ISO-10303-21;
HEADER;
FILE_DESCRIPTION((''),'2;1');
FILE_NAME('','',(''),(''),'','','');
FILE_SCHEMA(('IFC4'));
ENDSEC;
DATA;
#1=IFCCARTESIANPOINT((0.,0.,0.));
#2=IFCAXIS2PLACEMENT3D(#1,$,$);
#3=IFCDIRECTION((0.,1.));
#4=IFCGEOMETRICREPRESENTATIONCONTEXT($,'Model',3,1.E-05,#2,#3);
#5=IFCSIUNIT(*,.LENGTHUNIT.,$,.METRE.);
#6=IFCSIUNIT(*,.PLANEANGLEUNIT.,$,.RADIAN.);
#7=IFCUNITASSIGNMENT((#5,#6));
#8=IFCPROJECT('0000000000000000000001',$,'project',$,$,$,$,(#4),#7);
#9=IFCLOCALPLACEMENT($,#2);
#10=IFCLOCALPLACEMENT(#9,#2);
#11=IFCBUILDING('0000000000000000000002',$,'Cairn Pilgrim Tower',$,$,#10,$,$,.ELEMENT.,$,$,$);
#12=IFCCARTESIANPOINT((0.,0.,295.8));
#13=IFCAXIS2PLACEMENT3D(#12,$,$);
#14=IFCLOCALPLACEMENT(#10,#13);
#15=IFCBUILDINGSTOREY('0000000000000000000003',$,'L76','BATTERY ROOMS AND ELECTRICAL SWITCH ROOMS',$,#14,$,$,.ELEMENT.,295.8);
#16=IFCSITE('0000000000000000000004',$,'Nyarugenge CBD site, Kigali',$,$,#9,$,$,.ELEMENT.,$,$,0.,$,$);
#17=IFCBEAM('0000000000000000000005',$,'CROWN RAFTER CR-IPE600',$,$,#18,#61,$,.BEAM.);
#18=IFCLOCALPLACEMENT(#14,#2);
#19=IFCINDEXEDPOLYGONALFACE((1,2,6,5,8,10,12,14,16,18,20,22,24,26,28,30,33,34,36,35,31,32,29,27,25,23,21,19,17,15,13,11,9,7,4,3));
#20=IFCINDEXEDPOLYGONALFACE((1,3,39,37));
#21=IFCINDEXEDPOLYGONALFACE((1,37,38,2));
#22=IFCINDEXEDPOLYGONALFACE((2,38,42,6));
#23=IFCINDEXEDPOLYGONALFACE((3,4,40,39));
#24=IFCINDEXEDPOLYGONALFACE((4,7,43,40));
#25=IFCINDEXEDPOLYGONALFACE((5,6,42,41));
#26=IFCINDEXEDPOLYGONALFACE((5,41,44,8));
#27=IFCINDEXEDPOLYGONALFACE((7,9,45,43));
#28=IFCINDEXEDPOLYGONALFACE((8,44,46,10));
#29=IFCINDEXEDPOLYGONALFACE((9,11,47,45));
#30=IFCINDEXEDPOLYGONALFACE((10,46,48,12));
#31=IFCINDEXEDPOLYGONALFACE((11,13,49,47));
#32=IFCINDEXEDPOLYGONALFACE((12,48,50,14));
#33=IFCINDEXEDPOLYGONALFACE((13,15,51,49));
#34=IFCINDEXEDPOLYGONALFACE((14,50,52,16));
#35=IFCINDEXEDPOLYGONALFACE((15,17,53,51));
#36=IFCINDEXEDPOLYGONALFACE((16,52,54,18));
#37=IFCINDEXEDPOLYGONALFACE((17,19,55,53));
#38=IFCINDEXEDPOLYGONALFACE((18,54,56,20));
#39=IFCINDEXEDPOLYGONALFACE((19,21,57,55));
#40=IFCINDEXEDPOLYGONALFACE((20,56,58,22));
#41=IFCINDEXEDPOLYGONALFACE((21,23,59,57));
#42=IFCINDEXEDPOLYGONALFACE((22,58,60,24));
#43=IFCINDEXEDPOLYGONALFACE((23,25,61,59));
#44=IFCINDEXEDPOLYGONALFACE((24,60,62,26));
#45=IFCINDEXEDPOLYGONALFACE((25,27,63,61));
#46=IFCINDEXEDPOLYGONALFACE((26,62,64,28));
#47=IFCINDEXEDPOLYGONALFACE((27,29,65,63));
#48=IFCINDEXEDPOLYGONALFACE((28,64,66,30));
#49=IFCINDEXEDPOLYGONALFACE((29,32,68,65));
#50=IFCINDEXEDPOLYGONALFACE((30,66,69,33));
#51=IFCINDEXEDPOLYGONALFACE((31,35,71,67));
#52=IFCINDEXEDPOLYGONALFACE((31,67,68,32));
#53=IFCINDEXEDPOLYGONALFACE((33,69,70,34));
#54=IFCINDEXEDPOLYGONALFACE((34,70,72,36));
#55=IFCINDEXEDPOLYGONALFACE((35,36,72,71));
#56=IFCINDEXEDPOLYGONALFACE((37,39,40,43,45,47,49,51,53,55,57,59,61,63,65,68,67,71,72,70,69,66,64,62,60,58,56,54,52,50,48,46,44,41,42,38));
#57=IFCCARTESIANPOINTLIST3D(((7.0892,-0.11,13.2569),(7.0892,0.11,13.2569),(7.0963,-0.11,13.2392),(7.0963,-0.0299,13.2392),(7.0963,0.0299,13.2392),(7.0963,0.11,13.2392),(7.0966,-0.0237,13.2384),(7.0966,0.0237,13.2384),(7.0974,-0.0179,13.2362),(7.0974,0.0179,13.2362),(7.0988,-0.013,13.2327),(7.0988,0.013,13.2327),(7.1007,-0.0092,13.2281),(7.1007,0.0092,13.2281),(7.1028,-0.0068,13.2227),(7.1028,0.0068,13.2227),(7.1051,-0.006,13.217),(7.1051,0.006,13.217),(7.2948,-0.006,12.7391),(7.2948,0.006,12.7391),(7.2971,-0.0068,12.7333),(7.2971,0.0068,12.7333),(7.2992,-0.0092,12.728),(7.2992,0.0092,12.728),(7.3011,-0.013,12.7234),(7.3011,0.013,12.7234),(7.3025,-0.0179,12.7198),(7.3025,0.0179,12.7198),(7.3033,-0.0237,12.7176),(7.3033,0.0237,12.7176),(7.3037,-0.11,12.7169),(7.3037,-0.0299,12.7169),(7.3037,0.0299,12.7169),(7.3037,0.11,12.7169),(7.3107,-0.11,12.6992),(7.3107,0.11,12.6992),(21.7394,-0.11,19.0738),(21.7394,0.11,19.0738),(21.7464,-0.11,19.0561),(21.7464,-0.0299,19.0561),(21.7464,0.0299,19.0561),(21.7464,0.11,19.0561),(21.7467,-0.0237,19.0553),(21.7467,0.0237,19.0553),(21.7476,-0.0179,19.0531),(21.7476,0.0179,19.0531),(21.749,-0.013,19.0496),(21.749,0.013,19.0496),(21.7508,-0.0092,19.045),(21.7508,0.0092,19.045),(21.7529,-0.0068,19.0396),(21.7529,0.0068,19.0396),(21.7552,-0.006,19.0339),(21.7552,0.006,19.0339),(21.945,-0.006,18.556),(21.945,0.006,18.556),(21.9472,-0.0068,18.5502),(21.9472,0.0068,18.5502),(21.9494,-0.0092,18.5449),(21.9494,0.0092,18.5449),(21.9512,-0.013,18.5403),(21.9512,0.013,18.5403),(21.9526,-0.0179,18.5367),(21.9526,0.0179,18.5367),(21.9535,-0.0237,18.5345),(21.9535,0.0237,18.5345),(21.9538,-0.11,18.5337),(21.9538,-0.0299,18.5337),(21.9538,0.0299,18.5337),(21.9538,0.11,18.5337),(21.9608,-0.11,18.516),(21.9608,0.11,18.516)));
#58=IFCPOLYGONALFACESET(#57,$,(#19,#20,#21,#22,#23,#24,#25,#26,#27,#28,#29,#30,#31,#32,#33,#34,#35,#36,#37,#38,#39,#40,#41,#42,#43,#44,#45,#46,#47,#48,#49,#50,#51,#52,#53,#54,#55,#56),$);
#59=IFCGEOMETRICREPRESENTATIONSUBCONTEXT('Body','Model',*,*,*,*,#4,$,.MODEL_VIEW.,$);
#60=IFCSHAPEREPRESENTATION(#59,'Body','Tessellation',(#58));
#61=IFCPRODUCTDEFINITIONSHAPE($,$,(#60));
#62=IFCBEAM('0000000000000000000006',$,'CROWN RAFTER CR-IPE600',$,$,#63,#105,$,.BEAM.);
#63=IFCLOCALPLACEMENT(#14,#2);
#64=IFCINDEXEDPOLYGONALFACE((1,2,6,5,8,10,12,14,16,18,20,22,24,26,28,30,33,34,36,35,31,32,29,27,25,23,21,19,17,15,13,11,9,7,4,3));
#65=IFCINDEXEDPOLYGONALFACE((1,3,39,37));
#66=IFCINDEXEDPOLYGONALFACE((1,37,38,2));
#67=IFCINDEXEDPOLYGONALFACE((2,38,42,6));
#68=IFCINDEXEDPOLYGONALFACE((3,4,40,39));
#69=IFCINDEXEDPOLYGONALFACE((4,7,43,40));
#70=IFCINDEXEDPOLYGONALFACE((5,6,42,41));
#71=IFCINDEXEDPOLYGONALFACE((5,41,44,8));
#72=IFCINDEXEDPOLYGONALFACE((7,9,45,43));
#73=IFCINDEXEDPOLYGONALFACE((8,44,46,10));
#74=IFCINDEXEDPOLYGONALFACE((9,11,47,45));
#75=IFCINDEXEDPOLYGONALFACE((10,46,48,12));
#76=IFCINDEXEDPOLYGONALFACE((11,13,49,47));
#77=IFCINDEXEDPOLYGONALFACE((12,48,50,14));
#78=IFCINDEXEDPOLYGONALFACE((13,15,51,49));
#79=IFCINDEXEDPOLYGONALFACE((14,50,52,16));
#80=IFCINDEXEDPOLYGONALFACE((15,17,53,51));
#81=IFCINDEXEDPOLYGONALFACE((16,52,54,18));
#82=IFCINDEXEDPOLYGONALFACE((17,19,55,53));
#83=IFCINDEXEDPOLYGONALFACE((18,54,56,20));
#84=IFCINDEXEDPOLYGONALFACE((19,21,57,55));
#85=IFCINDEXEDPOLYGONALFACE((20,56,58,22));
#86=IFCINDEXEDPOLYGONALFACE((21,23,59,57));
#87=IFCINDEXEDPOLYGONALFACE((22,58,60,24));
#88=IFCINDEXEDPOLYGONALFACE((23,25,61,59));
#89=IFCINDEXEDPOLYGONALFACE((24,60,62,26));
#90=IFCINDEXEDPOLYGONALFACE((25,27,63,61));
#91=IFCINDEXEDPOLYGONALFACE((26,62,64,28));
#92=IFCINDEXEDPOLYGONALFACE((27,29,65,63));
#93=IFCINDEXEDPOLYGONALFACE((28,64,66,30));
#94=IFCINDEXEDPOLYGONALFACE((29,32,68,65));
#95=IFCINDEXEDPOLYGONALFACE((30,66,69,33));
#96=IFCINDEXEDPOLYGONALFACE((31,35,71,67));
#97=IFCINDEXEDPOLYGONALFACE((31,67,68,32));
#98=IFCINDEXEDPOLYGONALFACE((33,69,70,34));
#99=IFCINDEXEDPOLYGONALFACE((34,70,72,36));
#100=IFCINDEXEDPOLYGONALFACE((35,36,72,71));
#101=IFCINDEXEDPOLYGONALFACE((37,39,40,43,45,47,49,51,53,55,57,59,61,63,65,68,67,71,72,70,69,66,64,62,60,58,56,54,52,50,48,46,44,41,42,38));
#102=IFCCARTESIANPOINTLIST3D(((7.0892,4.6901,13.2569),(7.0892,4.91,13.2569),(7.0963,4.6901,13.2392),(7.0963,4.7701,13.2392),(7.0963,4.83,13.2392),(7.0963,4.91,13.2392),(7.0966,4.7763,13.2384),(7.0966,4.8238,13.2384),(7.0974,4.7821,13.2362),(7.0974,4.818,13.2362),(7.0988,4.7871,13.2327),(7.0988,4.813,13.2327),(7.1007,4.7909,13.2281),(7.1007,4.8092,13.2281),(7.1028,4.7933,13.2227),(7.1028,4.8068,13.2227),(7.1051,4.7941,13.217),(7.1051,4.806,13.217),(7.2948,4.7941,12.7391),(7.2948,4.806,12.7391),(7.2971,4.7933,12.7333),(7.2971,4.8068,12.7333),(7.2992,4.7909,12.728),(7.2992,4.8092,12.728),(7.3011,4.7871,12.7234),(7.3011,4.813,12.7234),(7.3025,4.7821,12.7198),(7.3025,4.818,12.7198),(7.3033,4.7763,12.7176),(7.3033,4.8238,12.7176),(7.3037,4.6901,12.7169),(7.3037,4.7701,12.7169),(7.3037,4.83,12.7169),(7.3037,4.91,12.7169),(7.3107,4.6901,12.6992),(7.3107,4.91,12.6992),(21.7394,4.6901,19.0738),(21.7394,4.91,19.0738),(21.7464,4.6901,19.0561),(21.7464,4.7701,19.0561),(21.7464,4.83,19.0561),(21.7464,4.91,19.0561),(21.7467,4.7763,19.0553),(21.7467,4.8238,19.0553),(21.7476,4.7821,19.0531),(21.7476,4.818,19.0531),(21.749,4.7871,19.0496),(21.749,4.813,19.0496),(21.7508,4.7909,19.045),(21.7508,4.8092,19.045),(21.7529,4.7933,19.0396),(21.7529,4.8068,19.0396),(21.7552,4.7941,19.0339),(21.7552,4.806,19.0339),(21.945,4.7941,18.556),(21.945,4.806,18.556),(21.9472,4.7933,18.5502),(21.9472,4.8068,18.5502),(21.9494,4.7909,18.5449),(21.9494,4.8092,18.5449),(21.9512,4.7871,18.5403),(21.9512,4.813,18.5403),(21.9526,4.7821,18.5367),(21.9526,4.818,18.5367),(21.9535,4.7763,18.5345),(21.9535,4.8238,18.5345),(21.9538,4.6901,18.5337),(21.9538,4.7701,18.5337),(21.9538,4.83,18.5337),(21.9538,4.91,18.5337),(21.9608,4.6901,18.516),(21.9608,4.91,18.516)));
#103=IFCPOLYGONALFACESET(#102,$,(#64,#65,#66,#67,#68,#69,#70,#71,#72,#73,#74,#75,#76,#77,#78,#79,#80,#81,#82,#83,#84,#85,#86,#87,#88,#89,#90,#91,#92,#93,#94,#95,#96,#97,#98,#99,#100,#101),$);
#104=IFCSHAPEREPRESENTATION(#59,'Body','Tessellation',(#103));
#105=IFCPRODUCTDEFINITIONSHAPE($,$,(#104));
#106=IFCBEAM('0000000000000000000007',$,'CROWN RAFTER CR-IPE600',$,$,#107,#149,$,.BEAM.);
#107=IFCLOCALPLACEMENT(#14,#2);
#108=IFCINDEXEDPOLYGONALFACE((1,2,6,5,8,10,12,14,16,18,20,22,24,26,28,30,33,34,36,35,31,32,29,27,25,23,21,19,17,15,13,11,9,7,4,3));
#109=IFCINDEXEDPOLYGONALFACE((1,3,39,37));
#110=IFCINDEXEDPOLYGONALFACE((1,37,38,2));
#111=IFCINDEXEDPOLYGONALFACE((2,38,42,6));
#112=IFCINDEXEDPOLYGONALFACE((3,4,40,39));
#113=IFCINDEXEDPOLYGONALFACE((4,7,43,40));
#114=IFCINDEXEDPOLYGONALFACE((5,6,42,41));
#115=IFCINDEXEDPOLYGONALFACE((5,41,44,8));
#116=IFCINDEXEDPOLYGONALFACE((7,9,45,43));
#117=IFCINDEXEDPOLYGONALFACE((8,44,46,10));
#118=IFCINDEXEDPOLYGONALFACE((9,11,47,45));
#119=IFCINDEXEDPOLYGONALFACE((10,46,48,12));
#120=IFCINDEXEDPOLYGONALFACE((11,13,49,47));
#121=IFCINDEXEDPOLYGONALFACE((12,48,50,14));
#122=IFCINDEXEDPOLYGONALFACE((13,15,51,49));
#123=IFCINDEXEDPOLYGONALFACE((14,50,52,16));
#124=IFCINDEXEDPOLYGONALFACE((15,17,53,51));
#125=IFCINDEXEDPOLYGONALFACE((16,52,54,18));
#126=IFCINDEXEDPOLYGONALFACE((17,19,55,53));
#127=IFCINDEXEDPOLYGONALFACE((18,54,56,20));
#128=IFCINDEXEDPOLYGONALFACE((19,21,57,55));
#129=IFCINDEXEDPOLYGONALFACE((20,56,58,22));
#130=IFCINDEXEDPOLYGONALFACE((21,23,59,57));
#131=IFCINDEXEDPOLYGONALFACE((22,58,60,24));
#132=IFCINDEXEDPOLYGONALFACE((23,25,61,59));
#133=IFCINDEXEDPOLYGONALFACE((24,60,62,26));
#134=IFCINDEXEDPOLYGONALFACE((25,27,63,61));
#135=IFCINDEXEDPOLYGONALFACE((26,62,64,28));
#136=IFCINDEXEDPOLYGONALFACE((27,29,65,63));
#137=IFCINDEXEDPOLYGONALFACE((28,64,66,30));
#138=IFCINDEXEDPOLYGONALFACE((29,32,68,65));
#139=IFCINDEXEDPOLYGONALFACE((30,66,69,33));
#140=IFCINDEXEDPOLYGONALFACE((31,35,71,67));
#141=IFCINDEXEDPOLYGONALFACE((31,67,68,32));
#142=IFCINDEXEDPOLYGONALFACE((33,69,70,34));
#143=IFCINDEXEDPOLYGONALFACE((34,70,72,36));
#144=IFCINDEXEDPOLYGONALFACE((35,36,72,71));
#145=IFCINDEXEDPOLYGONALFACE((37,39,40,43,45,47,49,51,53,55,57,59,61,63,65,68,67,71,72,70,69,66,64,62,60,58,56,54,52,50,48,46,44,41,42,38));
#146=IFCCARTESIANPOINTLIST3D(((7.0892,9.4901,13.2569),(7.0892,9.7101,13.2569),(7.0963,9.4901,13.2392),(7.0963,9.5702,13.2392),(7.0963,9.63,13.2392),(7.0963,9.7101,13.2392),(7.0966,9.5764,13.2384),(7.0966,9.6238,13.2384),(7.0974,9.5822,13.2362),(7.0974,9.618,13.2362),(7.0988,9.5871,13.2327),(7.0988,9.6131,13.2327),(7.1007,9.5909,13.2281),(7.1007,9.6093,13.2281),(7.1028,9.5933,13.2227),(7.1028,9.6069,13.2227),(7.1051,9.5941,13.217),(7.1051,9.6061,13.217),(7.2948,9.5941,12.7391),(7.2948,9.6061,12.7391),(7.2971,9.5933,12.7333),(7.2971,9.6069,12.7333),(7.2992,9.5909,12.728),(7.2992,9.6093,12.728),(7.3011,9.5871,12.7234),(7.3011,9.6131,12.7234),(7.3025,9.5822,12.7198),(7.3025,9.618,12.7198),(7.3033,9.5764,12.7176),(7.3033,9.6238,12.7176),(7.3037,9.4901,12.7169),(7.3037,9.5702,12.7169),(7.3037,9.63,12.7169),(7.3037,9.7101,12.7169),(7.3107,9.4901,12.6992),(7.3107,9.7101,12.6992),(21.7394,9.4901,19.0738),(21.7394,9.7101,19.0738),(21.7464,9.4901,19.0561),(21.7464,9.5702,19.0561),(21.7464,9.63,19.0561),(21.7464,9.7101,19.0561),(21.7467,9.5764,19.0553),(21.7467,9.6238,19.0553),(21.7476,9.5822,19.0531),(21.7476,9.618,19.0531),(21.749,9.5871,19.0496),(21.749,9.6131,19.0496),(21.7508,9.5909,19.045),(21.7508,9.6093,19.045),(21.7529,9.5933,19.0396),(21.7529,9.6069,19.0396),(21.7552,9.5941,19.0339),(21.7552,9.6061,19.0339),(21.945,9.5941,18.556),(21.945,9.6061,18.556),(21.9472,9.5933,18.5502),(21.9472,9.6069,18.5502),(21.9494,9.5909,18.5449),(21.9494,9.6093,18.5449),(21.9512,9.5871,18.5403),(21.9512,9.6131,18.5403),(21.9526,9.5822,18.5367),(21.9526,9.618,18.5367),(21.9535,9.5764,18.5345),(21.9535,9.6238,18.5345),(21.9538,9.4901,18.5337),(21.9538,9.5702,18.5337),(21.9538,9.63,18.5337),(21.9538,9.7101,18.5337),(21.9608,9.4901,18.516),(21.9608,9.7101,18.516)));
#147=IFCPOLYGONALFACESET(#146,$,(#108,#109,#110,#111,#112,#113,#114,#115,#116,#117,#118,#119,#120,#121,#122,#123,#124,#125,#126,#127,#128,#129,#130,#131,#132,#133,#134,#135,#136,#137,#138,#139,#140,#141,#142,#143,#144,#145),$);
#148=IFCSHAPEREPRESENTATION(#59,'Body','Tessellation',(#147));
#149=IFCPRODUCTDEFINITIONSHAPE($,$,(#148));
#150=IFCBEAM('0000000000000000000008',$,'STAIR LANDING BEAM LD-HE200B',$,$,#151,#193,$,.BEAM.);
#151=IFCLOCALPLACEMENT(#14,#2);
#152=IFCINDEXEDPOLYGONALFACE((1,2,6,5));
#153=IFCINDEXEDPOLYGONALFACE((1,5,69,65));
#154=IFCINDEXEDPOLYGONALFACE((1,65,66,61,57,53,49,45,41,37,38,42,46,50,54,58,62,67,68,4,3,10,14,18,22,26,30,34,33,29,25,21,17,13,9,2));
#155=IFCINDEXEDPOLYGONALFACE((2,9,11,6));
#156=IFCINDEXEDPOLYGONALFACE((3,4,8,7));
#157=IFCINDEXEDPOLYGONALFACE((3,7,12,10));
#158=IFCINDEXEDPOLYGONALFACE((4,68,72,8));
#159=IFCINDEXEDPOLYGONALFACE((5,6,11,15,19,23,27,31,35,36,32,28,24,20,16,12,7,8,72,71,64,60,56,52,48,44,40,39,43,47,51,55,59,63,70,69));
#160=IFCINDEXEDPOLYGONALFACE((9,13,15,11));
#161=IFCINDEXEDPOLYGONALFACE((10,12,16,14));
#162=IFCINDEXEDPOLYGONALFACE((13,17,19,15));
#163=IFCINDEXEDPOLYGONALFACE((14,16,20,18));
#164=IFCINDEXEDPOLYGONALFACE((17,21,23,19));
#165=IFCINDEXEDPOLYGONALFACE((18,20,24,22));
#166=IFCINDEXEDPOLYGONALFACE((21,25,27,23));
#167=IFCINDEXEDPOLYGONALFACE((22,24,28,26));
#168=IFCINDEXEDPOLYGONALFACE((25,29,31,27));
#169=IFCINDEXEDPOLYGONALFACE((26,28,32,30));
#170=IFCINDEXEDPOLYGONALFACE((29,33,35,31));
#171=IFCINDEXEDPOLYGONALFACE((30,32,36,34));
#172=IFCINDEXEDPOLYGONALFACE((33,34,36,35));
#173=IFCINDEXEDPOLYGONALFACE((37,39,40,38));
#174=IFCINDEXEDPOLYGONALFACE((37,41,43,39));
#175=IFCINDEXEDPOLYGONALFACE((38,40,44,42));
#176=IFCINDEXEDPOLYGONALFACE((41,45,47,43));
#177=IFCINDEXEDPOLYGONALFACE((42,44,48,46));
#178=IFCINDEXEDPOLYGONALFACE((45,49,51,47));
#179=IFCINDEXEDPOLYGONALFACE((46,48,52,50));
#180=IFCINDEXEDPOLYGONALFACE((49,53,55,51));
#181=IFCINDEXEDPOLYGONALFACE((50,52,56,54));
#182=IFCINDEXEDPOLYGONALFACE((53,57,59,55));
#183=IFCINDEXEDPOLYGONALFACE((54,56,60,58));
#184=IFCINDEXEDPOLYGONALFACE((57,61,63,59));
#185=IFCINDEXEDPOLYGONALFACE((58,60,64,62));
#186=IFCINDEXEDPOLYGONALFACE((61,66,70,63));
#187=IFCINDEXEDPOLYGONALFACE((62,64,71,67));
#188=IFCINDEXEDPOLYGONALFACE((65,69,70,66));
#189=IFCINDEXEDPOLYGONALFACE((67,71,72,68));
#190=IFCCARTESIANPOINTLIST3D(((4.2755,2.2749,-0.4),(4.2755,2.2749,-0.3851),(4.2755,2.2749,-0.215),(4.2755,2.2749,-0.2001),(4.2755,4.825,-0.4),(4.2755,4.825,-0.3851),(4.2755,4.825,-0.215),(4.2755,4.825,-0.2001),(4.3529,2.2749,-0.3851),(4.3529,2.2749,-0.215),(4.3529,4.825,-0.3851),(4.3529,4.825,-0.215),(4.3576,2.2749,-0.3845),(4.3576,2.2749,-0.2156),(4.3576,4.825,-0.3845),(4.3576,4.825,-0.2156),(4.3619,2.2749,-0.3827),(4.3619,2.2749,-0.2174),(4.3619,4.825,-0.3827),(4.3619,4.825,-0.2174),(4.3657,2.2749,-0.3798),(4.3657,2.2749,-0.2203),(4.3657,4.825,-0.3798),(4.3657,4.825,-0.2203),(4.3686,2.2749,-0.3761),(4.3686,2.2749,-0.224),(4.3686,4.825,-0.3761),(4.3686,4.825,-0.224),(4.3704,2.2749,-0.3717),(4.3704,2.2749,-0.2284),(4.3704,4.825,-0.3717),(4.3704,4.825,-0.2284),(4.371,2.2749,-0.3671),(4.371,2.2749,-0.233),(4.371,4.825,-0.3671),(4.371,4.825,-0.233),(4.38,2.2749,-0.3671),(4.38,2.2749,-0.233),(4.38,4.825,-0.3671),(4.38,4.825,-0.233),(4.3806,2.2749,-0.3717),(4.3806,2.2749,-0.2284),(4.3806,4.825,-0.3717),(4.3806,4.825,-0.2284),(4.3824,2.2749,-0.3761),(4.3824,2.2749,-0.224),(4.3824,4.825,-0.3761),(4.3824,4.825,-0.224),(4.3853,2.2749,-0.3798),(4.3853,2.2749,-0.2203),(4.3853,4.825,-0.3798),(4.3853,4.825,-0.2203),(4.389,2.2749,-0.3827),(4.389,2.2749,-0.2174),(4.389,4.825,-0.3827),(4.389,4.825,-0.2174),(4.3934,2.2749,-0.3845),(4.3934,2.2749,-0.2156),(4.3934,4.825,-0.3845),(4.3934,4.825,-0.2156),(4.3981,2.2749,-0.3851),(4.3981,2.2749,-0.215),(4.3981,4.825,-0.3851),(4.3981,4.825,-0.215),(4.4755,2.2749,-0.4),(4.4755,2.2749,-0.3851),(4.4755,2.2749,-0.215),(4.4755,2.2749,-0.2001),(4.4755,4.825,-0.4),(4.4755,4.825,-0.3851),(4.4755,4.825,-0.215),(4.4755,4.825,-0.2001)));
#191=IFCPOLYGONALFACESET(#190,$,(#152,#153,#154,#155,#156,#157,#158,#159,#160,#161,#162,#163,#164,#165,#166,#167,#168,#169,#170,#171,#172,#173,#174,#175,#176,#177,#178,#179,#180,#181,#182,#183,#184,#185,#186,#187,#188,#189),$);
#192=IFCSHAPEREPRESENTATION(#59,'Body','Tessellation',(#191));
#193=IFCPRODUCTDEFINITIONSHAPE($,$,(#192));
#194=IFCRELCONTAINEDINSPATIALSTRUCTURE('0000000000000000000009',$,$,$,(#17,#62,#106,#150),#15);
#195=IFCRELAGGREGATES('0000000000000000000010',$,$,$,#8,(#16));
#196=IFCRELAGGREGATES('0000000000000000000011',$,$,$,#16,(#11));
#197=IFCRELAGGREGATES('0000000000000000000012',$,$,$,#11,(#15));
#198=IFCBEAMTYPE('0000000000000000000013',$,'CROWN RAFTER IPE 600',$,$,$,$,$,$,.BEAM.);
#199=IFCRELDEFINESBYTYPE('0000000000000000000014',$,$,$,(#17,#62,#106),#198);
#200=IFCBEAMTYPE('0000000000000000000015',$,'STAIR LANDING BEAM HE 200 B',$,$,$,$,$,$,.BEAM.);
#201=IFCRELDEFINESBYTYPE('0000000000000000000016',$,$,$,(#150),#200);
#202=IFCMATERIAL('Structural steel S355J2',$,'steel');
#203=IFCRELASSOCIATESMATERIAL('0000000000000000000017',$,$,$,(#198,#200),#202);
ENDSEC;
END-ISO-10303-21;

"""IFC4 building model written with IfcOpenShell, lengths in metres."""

from ifc_helpers import new_model, si_unit, direction, frame, origin, origin_2d, place, context, subcontext, project, spatial, i_section, extrude, material, material_profile, profile_set, type_object, element, save


model = new_model("IFC4")

# Units and contexts
model_context = context("Model", 3, precision=1e-05, world=origin(), true_north=direction((0.0, 1.0)))
body_context = subcontext(model_context, "Body", "Model", "MODEL_VIEW")
ifc_project = project(units=[si_unit("LENGTHUNIT", "METRE"), si_unit("PLANEANGLEUNIT", "RADIAN")], contexts=[model_context])

# Site, building, storey
site_placement = place(None, origin())
site = spatial("IfcSite", under=ifc_project, at=site_placement, Name="Nyarugenge CBD site, Kigali", CompositionType="ELEMENT", RefElevation=0.0)
building_placement = place(site_placement, origin())
building = spatial("IfcBuilding", under=site, at=building_placement, Name="Cairn Pilgrim Tower", CompositionType="ELEMENT")
storey_placement = place(building_placement, frame((0.0, 0.0, 295.8)))
storey = spatial("IfcBuildingStorey", under=building, at=storey_placement, Name="L76", Description="BATTERY ROOMS AND ELECTRICAL SWITCH ROOMS", CompositionType="ELEMENT", Elevation=295.8)

# Beams
ifc_material_1 = material(Name="Structural steel S355J2", Category="steel")
ifc_material_profile_1 = material_profile(ifc_material_1, i_section(OverallWidth=0.22, OverallDepth=0.6001, WebThickness=0.012, FlangeThickness=0.019, FilletRadius=0.0239, at=origin_2d()), Name="IPE 600")
ifc_profile_set_1 = profile_set([ifc_material_profile_1], Name="Structural steel S355J2")
beam_type_1 = type_object("IfcBeamType", Name="CROWN RAFTER IPE 600", PredefinedType="BEAM", material=ifc_profile_set_1)
for number, where, z_axis, x_axis, name in (
    (1, (7.2, 0.0, 12.978), (0.929418, 0.0, 0.369029), (0.0, 1.0, 0.0), "CROWN RAFTER CR-IPE600"),
    (2, (7.2, 4.8, 12.978), (0.929418, 0.0, 0.369029), (0.0, 1.0, 0.0), "CROWN RAFTER CR-IPE600"),
    (3, (7.2, 9.6001, 12.978), (0.929418, 0.0, 0.369029), (0.0, 1.0, 0.0), "CROWN RAFTER CR-IPE600"),
):
    element("IfcBeam", number, at=place(storey_placement, frame(where, z_axis=z_axis, x_axis=x_axis)), inside=storey, type_object=beam_type_1, Name=name, PredefinedType="BEAM", context=body_context, shape_type="SweptSolid", body=[
        extrude(i_section(OverallWidth=0.22, OverallDepth=0.6001, WebThickness=0.012, FlangeThickness=0.019, FilletRadius=0.0239, at=origin_2d()), origin(), (0.0, 0.0, 1.0), 15.7627),
    ])
ifc_material_profile_2 = material_profile(ifc_material_1, i_section(OverallWidth=0.2, OverallDepth=0.2, WebThickness=0.009, FlangeThickness=0.0149, FilletRadius=0.0181, at=origin_2d()), Name="HE 200 B")
ifc_profile_set_2 = profile_set([ifc_material_profile_2], Name="Structural steel S355J2")
beam_type_2 = type_object("IfcBeamType", Name="STAIR LANDING BEAM HE 200 B", PredefinedType="BEAM", material=ifc_profile_set_2)
beam_placement = place(storey_placement, frame((4.3755, 2.2749, -0.3), z_axis=(0.0, 1.0, 0.0), x_axis=(-1.0, 0.0, 0.0)))
element("IfcBeam", 4, at=beam_placement, inside=storey, type_object=beam_type_2, Name="STAIR LANDING BEAM LD-HE200B", PredefinedType="BEAM", context=body_context, shape_type="SweptSolid", body=[
    extrude(i_section(OverallWidth=0.2, OverallDepth=0.2, WebThickness=0.009, FlangeThickness=0.0149, FilletRadius=0.0181, at=origin_2d()), origin(), (0.0, 0.0, 1.0), 2.55),
])

save(model, "model.ifc")
